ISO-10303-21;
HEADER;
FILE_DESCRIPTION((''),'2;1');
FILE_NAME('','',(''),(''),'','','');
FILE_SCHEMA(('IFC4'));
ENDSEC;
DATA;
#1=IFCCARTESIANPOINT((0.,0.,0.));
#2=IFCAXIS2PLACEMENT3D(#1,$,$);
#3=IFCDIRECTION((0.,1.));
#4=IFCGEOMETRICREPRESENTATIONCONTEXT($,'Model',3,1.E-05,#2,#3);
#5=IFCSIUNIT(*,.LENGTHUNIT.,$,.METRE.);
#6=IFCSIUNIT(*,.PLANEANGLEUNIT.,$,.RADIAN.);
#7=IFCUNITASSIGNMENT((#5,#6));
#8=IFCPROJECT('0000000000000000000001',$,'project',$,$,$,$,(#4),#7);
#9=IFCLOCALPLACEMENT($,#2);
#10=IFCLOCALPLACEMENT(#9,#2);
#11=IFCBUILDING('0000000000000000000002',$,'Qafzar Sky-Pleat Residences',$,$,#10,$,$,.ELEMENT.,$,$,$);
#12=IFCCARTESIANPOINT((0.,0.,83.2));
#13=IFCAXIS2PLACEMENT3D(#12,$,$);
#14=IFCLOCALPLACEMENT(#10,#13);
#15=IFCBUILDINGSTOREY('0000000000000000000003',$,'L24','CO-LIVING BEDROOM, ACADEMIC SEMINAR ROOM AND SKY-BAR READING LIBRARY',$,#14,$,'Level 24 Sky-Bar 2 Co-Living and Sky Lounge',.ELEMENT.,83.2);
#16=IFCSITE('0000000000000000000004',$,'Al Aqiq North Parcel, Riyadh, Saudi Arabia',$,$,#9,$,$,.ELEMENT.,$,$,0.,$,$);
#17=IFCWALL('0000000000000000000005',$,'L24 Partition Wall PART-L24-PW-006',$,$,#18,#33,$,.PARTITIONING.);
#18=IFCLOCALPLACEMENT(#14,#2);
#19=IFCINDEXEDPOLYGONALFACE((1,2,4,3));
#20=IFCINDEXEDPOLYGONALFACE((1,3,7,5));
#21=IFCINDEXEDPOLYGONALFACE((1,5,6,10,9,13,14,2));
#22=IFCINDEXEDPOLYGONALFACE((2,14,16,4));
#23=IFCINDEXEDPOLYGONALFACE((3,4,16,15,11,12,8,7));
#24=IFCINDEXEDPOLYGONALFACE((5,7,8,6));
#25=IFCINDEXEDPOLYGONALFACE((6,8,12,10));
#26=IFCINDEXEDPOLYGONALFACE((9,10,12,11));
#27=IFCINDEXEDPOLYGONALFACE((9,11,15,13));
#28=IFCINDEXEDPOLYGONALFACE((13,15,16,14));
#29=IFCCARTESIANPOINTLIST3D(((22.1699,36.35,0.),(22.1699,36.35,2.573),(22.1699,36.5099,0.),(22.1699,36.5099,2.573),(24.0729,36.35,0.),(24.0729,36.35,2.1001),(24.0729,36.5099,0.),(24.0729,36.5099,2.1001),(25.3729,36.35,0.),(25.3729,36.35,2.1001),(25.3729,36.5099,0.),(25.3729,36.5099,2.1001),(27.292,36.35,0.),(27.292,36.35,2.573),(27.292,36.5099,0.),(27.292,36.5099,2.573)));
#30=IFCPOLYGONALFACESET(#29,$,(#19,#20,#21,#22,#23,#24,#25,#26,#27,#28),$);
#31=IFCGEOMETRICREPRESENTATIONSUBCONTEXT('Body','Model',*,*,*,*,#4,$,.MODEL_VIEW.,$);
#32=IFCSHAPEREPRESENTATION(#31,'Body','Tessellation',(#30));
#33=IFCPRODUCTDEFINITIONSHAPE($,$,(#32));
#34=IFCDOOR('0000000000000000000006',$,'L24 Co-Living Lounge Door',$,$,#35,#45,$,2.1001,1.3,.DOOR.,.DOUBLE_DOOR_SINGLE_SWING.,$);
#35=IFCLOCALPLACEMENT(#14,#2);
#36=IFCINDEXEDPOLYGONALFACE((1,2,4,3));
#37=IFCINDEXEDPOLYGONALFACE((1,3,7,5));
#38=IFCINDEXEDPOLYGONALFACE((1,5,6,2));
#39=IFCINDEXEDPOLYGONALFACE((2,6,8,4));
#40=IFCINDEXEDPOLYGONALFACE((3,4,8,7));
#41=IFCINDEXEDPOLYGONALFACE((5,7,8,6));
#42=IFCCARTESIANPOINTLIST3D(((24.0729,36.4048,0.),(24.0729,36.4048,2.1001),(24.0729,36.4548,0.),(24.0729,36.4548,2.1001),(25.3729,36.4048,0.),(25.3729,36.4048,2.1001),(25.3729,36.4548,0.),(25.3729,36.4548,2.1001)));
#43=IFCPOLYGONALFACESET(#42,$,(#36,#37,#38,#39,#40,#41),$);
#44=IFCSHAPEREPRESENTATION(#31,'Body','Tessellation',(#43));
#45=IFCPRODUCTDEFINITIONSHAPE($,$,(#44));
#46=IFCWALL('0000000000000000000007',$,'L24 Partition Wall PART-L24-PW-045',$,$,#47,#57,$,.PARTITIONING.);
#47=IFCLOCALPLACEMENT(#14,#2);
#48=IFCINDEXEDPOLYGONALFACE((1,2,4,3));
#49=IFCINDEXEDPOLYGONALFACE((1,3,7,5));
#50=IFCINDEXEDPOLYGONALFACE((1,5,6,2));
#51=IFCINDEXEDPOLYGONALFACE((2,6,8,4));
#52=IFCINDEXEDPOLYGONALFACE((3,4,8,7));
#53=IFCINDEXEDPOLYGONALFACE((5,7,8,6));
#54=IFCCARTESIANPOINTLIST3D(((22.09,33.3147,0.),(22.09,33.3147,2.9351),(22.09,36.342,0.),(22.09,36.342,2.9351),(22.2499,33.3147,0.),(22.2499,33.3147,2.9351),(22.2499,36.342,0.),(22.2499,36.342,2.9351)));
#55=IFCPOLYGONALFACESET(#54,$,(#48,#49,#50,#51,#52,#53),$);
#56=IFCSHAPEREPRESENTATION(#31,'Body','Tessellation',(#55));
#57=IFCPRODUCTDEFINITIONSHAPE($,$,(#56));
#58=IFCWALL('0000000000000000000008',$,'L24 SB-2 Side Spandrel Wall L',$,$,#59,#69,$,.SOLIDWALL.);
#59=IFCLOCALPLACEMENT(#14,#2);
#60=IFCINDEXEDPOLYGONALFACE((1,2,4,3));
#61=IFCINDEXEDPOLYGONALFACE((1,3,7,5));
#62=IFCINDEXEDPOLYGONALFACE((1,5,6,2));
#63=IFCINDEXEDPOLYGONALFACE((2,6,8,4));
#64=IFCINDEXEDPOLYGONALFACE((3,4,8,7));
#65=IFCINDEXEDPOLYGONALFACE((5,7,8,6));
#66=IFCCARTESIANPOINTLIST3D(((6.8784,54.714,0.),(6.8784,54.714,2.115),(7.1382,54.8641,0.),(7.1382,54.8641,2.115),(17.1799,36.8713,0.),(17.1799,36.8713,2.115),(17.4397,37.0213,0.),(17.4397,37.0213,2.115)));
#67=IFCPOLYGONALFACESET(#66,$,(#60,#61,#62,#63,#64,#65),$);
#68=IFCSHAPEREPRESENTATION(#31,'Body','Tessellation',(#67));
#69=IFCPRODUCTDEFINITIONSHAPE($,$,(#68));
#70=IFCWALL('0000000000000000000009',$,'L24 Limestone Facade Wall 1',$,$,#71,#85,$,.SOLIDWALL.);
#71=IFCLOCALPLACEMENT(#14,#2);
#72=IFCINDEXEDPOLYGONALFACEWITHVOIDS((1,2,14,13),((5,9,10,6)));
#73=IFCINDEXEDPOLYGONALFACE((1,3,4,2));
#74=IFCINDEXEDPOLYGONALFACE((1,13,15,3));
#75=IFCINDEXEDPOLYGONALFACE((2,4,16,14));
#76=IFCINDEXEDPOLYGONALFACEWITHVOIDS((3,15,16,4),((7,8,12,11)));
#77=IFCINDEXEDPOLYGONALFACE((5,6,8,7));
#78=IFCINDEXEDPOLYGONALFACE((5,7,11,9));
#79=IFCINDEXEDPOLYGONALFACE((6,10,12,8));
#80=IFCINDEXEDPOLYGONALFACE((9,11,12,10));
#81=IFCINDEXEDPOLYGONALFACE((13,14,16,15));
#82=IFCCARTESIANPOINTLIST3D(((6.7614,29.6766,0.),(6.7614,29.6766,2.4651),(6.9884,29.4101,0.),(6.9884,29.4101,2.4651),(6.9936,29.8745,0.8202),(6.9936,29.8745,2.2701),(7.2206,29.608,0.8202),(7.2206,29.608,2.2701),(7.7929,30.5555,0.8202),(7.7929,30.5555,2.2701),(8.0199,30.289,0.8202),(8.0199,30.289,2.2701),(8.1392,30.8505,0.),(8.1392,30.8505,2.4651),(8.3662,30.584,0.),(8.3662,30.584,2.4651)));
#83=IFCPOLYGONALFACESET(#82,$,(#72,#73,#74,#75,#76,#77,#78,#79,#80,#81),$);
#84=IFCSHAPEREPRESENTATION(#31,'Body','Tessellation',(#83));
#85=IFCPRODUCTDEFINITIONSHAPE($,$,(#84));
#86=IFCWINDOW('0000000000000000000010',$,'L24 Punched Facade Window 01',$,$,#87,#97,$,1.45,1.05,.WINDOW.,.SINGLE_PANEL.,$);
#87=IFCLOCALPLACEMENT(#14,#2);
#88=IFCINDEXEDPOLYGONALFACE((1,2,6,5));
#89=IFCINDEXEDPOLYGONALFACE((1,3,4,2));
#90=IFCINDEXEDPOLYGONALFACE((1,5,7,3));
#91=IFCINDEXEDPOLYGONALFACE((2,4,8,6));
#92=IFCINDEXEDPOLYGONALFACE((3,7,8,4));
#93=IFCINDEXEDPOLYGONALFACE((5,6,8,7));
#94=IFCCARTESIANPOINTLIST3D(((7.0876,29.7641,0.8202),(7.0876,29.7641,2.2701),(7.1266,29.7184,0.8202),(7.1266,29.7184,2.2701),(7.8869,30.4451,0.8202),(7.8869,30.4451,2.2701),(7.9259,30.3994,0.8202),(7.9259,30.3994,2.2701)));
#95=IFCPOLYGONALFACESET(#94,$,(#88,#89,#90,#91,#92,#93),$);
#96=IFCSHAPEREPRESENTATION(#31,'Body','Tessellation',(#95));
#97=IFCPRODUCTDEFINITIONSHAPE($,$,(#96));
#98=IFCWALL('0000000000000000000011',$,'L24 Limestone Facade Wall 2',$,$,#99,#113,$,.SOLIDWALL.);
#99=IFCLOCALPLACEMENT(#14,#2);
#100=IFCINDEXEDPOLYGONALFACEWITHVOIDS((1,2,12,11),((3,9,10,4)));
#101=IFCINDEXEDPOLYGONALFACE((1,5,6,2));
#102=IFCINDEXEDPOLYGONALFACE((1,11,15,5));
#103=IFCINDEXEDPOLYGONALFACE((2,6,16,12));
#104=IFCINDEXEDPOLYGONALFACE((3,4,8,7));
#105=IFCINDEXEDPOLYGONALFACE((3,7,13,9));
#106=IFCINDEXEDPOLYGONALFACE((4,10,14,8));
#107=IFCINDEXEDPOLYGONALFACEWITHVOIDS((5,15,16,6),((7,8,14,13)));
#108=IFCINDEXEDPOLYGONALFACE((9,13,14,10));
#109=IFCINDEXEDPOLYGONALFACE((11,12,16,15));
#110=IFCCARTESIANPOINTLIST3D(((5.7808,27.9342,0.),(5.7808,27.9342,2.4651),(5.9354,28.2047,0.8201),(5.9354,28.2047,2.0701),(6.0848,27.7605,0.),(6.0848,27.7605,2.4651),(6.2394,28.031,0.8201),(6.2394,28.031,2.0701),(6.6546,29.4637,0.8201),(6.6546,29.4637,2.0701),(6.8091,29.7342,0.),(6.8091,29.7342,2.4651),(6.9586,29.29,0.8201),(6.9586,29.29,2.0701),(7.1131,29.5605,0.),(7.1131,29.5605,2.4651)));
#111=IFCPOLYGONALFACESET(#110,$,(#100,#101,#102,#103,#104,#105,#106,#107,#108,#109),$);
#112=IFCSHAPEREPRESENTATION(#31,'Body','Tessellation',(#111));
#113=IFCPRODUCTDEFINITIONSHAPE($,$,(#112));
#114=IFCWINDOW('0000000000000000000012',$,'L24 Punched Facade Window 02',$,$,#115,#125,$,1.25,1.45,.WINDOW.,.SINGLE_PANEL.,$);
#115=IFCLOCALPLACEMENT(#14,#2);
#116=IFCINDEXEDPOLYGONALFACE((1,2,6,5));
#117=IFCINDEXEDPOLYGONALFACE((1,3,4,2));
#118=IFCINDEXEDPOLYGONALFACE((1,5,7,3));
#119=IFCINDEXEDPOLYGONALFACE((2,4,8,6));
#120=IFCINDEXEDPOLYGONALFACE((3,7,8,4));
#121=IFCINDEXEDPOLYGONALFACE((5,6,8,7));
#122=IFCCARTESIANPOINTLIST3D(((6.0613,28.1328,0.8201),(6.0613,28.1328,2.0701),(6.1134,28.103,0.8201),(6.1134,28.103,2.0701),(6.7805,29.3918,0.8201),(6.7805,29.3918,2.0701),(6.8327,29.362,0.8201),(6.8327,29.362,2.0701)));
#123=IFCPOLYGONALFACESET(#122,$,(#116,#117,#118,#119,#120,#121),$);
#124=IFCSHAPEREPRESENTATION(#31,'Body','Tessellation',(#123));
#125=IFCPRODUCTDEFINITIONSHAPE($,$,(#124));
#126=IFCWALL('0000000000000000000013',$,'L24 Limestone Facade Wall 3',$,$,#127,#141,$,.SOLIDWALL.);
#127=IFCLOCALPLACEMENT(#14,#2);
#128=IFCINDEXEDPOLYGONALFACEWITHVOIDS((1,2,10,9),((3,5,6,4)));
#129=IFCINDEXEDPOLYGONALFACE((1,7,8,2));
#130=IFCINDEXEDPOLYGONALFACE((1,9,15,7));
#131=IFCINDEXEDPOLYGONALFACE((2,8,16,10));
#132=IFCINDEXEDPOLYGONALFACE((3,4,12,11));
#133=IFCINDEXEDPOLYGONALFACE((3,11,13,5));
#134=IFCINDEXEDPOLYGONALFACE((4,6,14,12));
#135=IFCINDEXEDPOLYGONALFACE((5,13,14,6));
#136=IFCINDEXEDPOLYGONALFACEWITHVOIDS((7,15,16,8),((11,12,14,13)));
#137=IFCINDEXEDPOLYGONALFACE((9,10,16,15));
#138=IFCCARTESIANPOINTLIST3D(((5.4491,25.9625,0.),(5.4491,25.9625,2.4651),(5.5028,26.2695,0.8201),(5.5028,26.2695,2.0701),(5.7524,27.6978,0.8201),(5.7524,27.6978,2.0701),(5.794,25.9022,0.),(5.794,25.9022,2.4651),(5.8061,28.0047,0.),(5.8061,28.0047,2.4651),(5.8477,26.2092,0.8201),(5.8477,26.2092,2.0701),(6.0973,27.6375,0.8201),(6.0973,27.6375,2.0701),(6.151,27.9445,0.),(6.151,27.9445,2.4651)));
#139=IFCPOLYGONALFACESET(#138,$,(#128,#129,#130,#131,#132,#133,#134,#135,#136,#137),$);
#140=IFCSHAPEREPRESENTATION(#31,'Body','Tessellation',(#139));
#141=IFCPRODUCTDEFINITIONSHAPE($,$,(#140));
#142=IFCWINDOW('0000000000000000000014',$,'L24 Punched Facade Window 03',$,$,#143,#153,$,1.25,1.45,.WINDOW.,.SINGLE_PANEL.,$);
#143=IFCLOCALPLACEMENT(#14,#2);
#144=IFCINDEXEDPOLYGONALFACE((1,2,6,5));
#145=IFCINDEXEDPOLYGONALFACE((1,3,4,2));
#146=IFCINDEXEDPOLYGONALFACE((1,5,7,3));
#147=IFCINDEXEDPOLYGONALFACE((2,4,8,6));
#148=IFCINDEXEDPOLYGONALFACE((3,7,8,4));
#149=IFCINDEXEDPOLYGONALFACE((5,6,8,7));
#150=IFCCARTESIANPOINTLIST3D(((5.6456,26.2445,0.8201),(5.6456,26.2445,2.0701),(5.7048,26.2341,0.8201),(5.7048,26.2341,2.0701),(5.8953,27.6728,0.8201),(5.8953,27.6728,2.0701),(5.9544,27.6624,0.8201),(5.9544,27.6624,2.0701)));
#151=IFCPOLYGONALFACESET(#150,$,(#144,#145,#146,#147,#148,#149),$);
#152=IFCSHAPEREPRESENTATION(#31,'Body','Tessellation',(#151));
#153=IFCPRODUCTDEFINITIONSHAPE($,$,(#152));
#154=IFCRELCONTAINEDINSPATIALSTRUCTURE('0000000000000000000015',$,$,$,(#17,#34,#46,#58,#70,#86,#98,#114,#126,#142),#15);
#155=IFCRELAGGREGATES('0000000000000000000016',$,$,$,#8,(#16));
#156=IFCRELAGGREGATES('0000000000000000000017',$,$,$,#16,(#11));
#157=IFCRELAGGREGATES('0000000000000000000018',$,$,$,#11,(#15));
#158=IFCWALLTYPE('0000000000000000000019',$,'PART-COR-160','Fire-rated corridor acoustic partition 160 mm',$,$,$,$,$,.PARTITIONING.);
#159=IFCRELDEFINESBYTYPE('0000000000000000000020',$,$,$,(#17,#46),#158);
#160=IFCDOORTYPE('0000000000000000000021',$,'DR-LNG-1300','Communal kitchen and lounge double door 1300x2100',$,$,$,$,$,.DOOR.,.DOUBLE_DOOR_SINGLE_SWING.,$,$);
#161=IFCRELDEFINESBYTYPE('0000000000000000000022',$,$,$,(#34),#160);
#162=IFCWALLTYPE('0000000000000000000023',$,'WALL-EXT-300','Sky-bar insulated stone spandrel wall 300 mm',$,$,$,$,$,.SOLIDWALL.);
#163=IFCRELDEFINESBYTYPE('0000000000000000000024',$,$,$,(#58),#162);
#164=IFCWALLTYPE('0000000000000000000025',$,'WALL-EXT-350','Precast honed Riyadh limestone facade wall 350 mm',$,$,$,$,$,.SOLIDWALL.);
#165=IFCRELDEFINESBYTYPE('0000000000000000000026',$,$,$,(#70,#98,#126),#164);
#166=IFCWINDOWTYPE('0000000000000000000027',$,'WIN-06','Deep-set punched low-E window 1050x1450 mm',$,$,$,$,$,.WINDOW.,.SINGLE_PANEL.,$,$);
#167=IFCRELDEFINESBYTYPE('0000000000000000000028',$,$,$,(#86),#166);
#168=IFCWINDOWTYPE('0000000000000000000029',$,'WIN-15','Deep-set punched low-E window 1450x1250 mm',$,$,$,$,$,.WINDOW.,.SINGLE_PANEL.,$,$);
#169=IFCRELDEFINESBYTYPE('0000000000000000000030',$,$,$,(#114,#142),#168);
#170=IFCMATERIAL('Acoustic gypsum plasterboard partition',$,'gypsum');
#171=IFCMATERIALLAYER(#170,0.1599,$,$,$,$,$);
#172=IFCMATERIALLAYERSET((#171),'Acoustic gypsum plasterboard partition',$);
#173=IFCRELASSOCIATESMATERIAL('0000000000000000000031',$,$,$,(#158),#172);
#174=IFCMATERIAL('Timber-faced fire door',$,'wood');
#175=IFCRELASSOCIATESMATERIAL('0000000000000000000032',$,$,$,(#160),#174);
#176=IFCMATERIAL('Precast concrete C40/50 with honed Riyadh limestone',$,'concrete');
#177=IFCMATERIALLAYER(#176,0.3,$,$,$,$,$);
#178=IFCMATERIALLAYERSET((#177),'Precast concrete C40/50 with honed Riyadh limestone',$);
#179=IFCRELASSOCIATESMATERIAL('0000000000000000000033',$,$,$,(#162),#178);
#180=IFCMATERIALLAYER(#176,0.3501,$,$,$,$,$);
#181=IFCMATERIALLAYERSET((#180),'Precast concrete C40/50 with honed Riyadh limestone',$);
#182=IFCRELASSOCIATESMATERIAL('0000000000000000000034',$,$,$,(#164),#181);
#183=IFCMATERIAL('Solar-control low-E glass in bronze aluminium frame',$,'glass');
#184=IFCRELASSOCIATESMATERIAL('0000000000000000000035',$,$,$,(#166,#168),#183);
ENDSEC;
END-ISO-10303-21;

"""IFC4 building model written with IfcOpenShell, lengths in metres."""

from ifc_helpers import new_model, si_unit, direction, frame, frame_2d, origin, place, context, subcontext, project, spatial, rectangle, extrude, source, transform, mapped, material, layer, layer_set, type_object, element, fill, save


model = new_model("IFC4")

# Units and contexts
model_context = context("Model", 3, precision=1e-05, world=origin(), true_north=direction((0.0, 1.0)))
body_context = subcontext(model_context, "Body", "Model", "MODEL_VIEW")
ifc_project = project(units=[si_unit("LENGTHUNIT", "METRE"), si_unit("PLANEANGLEUNIT", "RADIAN")], contexts=[model_context])

# Site, building, storey
site_placement = place(None, origin())
site = spatial("IfcSite", under=ifc_project, at=site_placement, Name="Al Aqiq North Parcel, Riyadh, Saudi Arabia", CompositionType="ELEMENT", RefElevation=0.0)
building_placement = place(site_placement, origin())
building = spatial("IfcBuilding", under=site, at=building_placement, Name="Qafzar Sky-Pleat Residences", CompositionType="ELEMENT")
storey_placement = place(building_placement, frame((0.0, 0.0, 83.2)))
storey = spatial("IfcBuildingStorey", under=building, at=storey_placement, Name="L24", Description="CO-LIVING BEDROOM, ACADEMIC SEMINAR ROOM AND SKY-BAR READING LIBRARY", LongName="Level 24 Sky-Bar 2 Co-Living and Sky Lounge", CompositionType="ELEMENT", Elevation=83.2)

# Wall, opening, door
ifc_material_1 = material(Name="Acoustic gypsum plasterboard partition", Category="gypsum")
ifc_layer_1 = layer(ifc_material_1, 0.1599)
ifc_layer_set_1 = layer_set([ifc_layer_1], Name="Acoustic gypsum plasterboard partition")
wall_type_1 = type_object("IfcWallType", Name="PART-COR-160", Description="Fire-rated corridor acoustic partition 160 mm", PredefinedType="PARTITIONING", material=ifc_layer_set_1)
ifc_material_2 = material(Name="Timber-faced fire door", Category="wood")
door_type = type_object("IfcDoorType", Name="DR-LNG-1300", Description="Communal kitchen and lounge double door 1300x2100", OperationType="DOUBLE_DOOR_SINGLE_SWING", PredefinedType="DOOR", material=ifc_material_2)
shared_shape_1 = source(origin(), body_context, "Body", "SweptSolid", [
    extrude(rectangle(XDim=1.3, YDim=2.1001, at=frame_2d((0.6499, 1.05))), frame((0.0, 0.0249, 0.0), z_axis=(0.0, -1.0, 0.0), x_axis=(1.0, 0.0, 0.0)), (0.0, 0.0, 1.0), 0.05),
])
wall_1_placement = place(storey_placement, frame((22.1699, 36.4299, 0.0), z_axis=(0.0, 0.0, 1.0), x_axis=(1.0, 0.0, 0.0)))
wall_1 = element("IfcWall", 1, at=wall_1_placement, inside=storey, type_object=wall_type_1, Name="L24 Partition Wall PART-L24-PW-006", PredefinedType="PARTITIONING", context=body_context, shape_type="SweptSolid", body=[
    extrude(rectangle(XDim=5.1221, YDim=0.1599, at=frame_2d((2.561, 0.0))), origin(), (0.0, 0.0, 1.0), 2.573),
])
opening_1_placement = place(wall_1_placement, frame((1.9031, 0.0, 0.0)))
opening_1 = element("IfcOpeningElement", 2, at=opening_1_placement, cuts=wall_1, PredefinedType="OPENING", context=body_context, shape_type="SweptSolid", body=[
    extrude(rectangle(XDim=1.3, YDim=2.1001, at=frame_2d((0.6499, 1.05))), frame((0.0, 0.0898, 0.0), z_axis=(0.0, -1.0, 0.0), x_axis=(1.0, 0.0, 0.0)), (0.0, 0.0, 1.0), 0.1799),
])
door_1_placement = place(opening_1_placement, origin())
door_1 = element("IfcDoor", 3, at=door_1_placement, inside=storey, type_object=door_type, Name="L24 Co-Living Lounge Door", OperationType="DOUBLE_DOOR_SINGLE_SWING", OverallHeight=2.1001, OverallWidth=1.3, PredefinedType="DOOR", context=body_context, shape_type="MappedRepresentation", body=[
    mapped(shared_shape_1, transform((0.0, 0.0, 0.0), x_axis=(1.0, 0.0, 0.0), y_axis=(0.0, 1.0, 0.0), z_axis=(0.0, 0.0, 1.0), scale=1.0)),
])
fill(opening_1, door_1)

# Walls
wall_2_placement = place(storey_placement, frame((22.1699, 33.3147, 0.0), z_axis=(0.0, 0.0, 1.0), x_axis=(0.0, 1.0, 0.0)))
element("IfcWall", 4, at=wall_2_placement, inside=storey, type_object=wall_type_1, Name="L24 Partition Wall PART-L24-PW-045", PredefinedType="PARTITIONING", context=body_context, shape_type="SweptSolid", body=[
    extrude(rectangle(XDim=3.0273, YDim=0.1599, at=frame_2d((1.5137, 0.0))), origin(), (0.0, 0.0, 1.0), 2.9351),
])
ifc_material_3 = material(Name="Precast concrete C40/50 with honed Riyadh limestone", Category="concrete")
ifc_layer_2 = layer(ifc_material_3, 0.3)
ifc_layer_set_2 = layer_set([ifc_layer_2], Name="Precast concrete C40/50 with honed Riyadh limestone")
wall_type_2 = type_object("IfcWallType", Name="WALL-EXT-300", Description="Sky-bar insulated stone spandrel wall 300 mm", PredefinedType="SOLIDWALL", material=ifc_layer_set_2)
wall_3_placement = place(storey_placement, frame((17.3098, 36.9463, 0.0), z_axis=(0.0, 0.0, 1.0), x_axis=(-0.499999, 0.866026, 0.0)))
element("IfcWall", 5, at=wall_3_placement, inside=storey, type_object=wall_type_2, Name="L24 SB-2 Side Spandrel Wall L", PredefinedType="SOLIDWALL", context=body_context, shape_type="SweptSolid", body=[
    extrude(rectangle(XDim=20.603, YDim=0.3, at=frame_2d((10.3015, 0.0))), origin(), (0.0, 0.0, 1.0), 2.115),
])

# Walls, openings, windows
ifc_layer_3 = layer(ifc_material_3, 0.3501)
ifc_layer_set_3 = layer_set([ifc_layer_3], Name="Precast concrete C40/50 with honed Riyadh limestone")
wall_type_3 = type_object("IfcWallType", Name="WALL-EXT-350", Description="Precast honed Riyadh limestone facade wall 350 mm", PredefinedType="SOLIDWALL", material=ifc_layer_set_3)
wall_4_placement = place(storey_placement, frame((8.2527, 30.7173, 0.0), z_axis=(0.0, 0.0, 1.0), x_axis=(-0.761177, -0.648545, 0.0)))
wall_4 = element("IfcWall", 6, at=wall_4_placement, inside=storey, type_object=wall_type_3, Name="L24 Limestone Facade Wall 1", PredefinedType="SOLIDWALL", context=body_context, shape_type="SweptSolid", body=[
    extrude(rectangle(XDim=1.8101, YDim=0.3501, at=frame_2d((0.905, 0.0))), origin(), (0.0, 0.0, 1.0), 2.4651),
])
opening_2_placement = place(wall_4_placement, frame((0.4551, 0.0, 0.8201)))
opening_2 = element("IfcOpeningElement", 7, at=opening_2_placement, cuts=wall_4, PredefinedType="OPENING", context=body_context, shape_type="SweptSolid", body=[
    extrude(rectangle(XDim=1.05, YDim=1.45, at=frame_2d((0.5249, 0.7251))), frame((0.0, 0.1851, 0.0), z_axis=(0.0, -1.0, 0.0), x_axis=(1.0, 0.0, 0.0)), (0.0, 0.0, 1.0), 0.3701),
])
ifc_material_4 = material(Name="Solar-control low-E glass in bronze aluminium frame", Category="glass")
window_type_1 = type_object("IfcWindowType", Name="WIN-06", Description="Deep-set punched low-E window 1050x1450 mm", PartitioningType="SINGLE_PANEL", PredefinedType="WINDOW", material=ifc_material_4)
shared_shape_2 = source(origin(), body_context, "Body", "SweptSolid", [
    extrude(rectangle(XDim=1.05, YDim=1.45, at=frame_2d((0.5249, 0.7251))), frame((0.0, 0.03, 0.0), z_axis=(0.0, -1.0, 0.0), x_axis=(1.0, 0.0, 0.0)), (0.0, 0.0, 1.0), 0.0601),
])
window_1_placement = place(opening_2_placement, origin())
window_1 = element("IfcWindow", 8, at=window_1_placement, inside=storey, type_object=window_type_1, Name="L24 Punched Facade Window 01", OverallHeight=1.45, OverallWidth=1.05, PartitioningType="SINGLE_PANEL", PredefinedType="WINDOW", context=body_context, shape_type="MappedRepresentation", body=[
    mapped(shared_shape_2, transform((0.0, 0.0, 0.0), x_axis=(1.0, 0.0, 0.0), y_axis=(0.0, 1.0, 0.0), z_axis=(0.0, 0.0, 1.0), scale=1.0)),
])
fill(opening_2, window_1)
wall_5_placement = place(storey_placement, frame((6.9612, 29.6475, 0.0), z_axis=(0.0, 0.0, 1.0), x_axis=(-0.496037, -0.868301, 0.0)))
wall_5 = element("IfcWall", 9, at=wall_5_placement, inside=storey, type_object=wall_type_3, Name="L24 Limestone Facade Wall 2", PredefinedType="SOLIDWALL", context=body_context, shape_type="SweptSolid", body=[
    extrude(rectangle(XDim=2.073, YDim=0.3501, at=frame_2d((1.0366, 0.0))), origin(), (0.0, 0.0, 1.0), 2.4651),
])
opening_3_placement = place(wall_5_placement, frame((0.3115, 0.0, 0.8201)))
opening_3 = element("IfcOpeningElement", 10, at=opening_3_placement, cuts=wall_5, PredefinedType="OPENING", context=body_context, shape_type="SweptSolid", body=[
    extrude(rectangle(XDim=1.45, YDim=1.25, at=frame_2d((0.7251, 0.625))), frame((0.0, 0.1851, 0.0), z_axis=(0.0, -1.0, 0.0), x_axis=(1.0, 0.0, 0.0)), (0.0, 0.0, 1.0), 0.3701),
])
window_type_2 = type_object("IfcWindowType", Name="WIN-15", Description="Deep-set punched low-E window 1450x1250 mm", PartitioningType="SINGLE_PANEL", PredefinedType="WINDOW", material=ifc_material_4)
shared_shape_3 = source(origin(), body_context, "Body", "SweptSolid", [
    extrude(rectangle(XDim=1.45, YDim=1.25, at=frame_2d((0.7251, 0.625))), frame((0.0, 0.03, 0.0), z_axis=(0.0, -1.0, 0.0), x_axis=(1.0, 0.0, 0.0)), (0.0, 0.0, 1.0), 0.0601),
])
window_2_placement = place(opening_3_placement, origin())
window_2 = element("IfcWindow", 11, at=window_2_placement, inside=storey, type_object=window_type_2, Name="L24 Punched Facade Window 02", OverallHeight=1.25, OverallWidth=1.45, PartitioningType="SINGLE_PANEL", PredefinedType="WINDOW", context=body_context, shape_type="MappedRepresentation", body=[
    mapped(shared_shape_3, transform((0.0, 0.0, 0.0), x_axis=(1.0, 0.0, 0.0), y_axis=(0.0, 1.0, 0.0), z_axis=(0.0, 0.0, 1.0), scale=1.0)),
])
fill(opening_3, window_2)
wall_6_placement = place(storey_placement, frame((5.9785, 27.9746, 0.0), z_axis=(0.0, 0.0, 1.0), x_axis=(-0.172166, -0.985068, 0.0)))
wall_6 = element("IfcWall", 12, at=wall_6_placement, inside=storey, type_object=wall_type_3, Name="L24 Limestone Facade Wall 3", PredefinedType="SOLIDWALL", context=body_context, shape_type="SweptSolid", body=[
    extrude(rectangle(XDim=2.0732, YDim=0.3501, at=frame_2d((1.0366, 0.0))), origin(), (0.0, 0.0, 1.0), 2.4651),
])
opening_4_placement = place(wall_6_placement, frame((0.3115, 0.0, 0.8201)))
opening_4 = element("IfcOpeningElement", 13, at=opening_4_placement, cuts=wall_6, PredefinedType="OPENING", context=body_context, shape_type="SweptSolid", body=[
    extrude(rectangle(XDim=1.45, YDim=1.25, at=frame_2d((0.7251, 0.625))), frame((0.0, 0.1851, 0.0), z_axis=(0.0, -1.0, 0.0), x_axis=(1.0, 0.0, 0.0)), (0.0, 0.0, 1.0), 0.3701),
])
window_3_placement = place(opening_4_placement, origin())
window_3 = element("IfcWindow", 14, at=window_3_placement, inside=storey, type_object=window_type_2, Name="L24 Punched Facade Window 03", OverallHeight=1.25, OverallWidth=1.45, PartitioningType="SINGLE_PANEL", PredefinedType="WINDOW", context=body_context, shape_type="MappedRepresentation", body=[
    mapped(shared_shape_3, transform((0.0, 0.0, 0.0), x_axis=(1.0, 0.0, 0.0), y_axis=(0.0, 1.0, 0.0), z_axis=(0.0, 0.0, 1.0), scale=1.0)),
])
fill(opening_4, window_3)

save(model, "model.ifc")
